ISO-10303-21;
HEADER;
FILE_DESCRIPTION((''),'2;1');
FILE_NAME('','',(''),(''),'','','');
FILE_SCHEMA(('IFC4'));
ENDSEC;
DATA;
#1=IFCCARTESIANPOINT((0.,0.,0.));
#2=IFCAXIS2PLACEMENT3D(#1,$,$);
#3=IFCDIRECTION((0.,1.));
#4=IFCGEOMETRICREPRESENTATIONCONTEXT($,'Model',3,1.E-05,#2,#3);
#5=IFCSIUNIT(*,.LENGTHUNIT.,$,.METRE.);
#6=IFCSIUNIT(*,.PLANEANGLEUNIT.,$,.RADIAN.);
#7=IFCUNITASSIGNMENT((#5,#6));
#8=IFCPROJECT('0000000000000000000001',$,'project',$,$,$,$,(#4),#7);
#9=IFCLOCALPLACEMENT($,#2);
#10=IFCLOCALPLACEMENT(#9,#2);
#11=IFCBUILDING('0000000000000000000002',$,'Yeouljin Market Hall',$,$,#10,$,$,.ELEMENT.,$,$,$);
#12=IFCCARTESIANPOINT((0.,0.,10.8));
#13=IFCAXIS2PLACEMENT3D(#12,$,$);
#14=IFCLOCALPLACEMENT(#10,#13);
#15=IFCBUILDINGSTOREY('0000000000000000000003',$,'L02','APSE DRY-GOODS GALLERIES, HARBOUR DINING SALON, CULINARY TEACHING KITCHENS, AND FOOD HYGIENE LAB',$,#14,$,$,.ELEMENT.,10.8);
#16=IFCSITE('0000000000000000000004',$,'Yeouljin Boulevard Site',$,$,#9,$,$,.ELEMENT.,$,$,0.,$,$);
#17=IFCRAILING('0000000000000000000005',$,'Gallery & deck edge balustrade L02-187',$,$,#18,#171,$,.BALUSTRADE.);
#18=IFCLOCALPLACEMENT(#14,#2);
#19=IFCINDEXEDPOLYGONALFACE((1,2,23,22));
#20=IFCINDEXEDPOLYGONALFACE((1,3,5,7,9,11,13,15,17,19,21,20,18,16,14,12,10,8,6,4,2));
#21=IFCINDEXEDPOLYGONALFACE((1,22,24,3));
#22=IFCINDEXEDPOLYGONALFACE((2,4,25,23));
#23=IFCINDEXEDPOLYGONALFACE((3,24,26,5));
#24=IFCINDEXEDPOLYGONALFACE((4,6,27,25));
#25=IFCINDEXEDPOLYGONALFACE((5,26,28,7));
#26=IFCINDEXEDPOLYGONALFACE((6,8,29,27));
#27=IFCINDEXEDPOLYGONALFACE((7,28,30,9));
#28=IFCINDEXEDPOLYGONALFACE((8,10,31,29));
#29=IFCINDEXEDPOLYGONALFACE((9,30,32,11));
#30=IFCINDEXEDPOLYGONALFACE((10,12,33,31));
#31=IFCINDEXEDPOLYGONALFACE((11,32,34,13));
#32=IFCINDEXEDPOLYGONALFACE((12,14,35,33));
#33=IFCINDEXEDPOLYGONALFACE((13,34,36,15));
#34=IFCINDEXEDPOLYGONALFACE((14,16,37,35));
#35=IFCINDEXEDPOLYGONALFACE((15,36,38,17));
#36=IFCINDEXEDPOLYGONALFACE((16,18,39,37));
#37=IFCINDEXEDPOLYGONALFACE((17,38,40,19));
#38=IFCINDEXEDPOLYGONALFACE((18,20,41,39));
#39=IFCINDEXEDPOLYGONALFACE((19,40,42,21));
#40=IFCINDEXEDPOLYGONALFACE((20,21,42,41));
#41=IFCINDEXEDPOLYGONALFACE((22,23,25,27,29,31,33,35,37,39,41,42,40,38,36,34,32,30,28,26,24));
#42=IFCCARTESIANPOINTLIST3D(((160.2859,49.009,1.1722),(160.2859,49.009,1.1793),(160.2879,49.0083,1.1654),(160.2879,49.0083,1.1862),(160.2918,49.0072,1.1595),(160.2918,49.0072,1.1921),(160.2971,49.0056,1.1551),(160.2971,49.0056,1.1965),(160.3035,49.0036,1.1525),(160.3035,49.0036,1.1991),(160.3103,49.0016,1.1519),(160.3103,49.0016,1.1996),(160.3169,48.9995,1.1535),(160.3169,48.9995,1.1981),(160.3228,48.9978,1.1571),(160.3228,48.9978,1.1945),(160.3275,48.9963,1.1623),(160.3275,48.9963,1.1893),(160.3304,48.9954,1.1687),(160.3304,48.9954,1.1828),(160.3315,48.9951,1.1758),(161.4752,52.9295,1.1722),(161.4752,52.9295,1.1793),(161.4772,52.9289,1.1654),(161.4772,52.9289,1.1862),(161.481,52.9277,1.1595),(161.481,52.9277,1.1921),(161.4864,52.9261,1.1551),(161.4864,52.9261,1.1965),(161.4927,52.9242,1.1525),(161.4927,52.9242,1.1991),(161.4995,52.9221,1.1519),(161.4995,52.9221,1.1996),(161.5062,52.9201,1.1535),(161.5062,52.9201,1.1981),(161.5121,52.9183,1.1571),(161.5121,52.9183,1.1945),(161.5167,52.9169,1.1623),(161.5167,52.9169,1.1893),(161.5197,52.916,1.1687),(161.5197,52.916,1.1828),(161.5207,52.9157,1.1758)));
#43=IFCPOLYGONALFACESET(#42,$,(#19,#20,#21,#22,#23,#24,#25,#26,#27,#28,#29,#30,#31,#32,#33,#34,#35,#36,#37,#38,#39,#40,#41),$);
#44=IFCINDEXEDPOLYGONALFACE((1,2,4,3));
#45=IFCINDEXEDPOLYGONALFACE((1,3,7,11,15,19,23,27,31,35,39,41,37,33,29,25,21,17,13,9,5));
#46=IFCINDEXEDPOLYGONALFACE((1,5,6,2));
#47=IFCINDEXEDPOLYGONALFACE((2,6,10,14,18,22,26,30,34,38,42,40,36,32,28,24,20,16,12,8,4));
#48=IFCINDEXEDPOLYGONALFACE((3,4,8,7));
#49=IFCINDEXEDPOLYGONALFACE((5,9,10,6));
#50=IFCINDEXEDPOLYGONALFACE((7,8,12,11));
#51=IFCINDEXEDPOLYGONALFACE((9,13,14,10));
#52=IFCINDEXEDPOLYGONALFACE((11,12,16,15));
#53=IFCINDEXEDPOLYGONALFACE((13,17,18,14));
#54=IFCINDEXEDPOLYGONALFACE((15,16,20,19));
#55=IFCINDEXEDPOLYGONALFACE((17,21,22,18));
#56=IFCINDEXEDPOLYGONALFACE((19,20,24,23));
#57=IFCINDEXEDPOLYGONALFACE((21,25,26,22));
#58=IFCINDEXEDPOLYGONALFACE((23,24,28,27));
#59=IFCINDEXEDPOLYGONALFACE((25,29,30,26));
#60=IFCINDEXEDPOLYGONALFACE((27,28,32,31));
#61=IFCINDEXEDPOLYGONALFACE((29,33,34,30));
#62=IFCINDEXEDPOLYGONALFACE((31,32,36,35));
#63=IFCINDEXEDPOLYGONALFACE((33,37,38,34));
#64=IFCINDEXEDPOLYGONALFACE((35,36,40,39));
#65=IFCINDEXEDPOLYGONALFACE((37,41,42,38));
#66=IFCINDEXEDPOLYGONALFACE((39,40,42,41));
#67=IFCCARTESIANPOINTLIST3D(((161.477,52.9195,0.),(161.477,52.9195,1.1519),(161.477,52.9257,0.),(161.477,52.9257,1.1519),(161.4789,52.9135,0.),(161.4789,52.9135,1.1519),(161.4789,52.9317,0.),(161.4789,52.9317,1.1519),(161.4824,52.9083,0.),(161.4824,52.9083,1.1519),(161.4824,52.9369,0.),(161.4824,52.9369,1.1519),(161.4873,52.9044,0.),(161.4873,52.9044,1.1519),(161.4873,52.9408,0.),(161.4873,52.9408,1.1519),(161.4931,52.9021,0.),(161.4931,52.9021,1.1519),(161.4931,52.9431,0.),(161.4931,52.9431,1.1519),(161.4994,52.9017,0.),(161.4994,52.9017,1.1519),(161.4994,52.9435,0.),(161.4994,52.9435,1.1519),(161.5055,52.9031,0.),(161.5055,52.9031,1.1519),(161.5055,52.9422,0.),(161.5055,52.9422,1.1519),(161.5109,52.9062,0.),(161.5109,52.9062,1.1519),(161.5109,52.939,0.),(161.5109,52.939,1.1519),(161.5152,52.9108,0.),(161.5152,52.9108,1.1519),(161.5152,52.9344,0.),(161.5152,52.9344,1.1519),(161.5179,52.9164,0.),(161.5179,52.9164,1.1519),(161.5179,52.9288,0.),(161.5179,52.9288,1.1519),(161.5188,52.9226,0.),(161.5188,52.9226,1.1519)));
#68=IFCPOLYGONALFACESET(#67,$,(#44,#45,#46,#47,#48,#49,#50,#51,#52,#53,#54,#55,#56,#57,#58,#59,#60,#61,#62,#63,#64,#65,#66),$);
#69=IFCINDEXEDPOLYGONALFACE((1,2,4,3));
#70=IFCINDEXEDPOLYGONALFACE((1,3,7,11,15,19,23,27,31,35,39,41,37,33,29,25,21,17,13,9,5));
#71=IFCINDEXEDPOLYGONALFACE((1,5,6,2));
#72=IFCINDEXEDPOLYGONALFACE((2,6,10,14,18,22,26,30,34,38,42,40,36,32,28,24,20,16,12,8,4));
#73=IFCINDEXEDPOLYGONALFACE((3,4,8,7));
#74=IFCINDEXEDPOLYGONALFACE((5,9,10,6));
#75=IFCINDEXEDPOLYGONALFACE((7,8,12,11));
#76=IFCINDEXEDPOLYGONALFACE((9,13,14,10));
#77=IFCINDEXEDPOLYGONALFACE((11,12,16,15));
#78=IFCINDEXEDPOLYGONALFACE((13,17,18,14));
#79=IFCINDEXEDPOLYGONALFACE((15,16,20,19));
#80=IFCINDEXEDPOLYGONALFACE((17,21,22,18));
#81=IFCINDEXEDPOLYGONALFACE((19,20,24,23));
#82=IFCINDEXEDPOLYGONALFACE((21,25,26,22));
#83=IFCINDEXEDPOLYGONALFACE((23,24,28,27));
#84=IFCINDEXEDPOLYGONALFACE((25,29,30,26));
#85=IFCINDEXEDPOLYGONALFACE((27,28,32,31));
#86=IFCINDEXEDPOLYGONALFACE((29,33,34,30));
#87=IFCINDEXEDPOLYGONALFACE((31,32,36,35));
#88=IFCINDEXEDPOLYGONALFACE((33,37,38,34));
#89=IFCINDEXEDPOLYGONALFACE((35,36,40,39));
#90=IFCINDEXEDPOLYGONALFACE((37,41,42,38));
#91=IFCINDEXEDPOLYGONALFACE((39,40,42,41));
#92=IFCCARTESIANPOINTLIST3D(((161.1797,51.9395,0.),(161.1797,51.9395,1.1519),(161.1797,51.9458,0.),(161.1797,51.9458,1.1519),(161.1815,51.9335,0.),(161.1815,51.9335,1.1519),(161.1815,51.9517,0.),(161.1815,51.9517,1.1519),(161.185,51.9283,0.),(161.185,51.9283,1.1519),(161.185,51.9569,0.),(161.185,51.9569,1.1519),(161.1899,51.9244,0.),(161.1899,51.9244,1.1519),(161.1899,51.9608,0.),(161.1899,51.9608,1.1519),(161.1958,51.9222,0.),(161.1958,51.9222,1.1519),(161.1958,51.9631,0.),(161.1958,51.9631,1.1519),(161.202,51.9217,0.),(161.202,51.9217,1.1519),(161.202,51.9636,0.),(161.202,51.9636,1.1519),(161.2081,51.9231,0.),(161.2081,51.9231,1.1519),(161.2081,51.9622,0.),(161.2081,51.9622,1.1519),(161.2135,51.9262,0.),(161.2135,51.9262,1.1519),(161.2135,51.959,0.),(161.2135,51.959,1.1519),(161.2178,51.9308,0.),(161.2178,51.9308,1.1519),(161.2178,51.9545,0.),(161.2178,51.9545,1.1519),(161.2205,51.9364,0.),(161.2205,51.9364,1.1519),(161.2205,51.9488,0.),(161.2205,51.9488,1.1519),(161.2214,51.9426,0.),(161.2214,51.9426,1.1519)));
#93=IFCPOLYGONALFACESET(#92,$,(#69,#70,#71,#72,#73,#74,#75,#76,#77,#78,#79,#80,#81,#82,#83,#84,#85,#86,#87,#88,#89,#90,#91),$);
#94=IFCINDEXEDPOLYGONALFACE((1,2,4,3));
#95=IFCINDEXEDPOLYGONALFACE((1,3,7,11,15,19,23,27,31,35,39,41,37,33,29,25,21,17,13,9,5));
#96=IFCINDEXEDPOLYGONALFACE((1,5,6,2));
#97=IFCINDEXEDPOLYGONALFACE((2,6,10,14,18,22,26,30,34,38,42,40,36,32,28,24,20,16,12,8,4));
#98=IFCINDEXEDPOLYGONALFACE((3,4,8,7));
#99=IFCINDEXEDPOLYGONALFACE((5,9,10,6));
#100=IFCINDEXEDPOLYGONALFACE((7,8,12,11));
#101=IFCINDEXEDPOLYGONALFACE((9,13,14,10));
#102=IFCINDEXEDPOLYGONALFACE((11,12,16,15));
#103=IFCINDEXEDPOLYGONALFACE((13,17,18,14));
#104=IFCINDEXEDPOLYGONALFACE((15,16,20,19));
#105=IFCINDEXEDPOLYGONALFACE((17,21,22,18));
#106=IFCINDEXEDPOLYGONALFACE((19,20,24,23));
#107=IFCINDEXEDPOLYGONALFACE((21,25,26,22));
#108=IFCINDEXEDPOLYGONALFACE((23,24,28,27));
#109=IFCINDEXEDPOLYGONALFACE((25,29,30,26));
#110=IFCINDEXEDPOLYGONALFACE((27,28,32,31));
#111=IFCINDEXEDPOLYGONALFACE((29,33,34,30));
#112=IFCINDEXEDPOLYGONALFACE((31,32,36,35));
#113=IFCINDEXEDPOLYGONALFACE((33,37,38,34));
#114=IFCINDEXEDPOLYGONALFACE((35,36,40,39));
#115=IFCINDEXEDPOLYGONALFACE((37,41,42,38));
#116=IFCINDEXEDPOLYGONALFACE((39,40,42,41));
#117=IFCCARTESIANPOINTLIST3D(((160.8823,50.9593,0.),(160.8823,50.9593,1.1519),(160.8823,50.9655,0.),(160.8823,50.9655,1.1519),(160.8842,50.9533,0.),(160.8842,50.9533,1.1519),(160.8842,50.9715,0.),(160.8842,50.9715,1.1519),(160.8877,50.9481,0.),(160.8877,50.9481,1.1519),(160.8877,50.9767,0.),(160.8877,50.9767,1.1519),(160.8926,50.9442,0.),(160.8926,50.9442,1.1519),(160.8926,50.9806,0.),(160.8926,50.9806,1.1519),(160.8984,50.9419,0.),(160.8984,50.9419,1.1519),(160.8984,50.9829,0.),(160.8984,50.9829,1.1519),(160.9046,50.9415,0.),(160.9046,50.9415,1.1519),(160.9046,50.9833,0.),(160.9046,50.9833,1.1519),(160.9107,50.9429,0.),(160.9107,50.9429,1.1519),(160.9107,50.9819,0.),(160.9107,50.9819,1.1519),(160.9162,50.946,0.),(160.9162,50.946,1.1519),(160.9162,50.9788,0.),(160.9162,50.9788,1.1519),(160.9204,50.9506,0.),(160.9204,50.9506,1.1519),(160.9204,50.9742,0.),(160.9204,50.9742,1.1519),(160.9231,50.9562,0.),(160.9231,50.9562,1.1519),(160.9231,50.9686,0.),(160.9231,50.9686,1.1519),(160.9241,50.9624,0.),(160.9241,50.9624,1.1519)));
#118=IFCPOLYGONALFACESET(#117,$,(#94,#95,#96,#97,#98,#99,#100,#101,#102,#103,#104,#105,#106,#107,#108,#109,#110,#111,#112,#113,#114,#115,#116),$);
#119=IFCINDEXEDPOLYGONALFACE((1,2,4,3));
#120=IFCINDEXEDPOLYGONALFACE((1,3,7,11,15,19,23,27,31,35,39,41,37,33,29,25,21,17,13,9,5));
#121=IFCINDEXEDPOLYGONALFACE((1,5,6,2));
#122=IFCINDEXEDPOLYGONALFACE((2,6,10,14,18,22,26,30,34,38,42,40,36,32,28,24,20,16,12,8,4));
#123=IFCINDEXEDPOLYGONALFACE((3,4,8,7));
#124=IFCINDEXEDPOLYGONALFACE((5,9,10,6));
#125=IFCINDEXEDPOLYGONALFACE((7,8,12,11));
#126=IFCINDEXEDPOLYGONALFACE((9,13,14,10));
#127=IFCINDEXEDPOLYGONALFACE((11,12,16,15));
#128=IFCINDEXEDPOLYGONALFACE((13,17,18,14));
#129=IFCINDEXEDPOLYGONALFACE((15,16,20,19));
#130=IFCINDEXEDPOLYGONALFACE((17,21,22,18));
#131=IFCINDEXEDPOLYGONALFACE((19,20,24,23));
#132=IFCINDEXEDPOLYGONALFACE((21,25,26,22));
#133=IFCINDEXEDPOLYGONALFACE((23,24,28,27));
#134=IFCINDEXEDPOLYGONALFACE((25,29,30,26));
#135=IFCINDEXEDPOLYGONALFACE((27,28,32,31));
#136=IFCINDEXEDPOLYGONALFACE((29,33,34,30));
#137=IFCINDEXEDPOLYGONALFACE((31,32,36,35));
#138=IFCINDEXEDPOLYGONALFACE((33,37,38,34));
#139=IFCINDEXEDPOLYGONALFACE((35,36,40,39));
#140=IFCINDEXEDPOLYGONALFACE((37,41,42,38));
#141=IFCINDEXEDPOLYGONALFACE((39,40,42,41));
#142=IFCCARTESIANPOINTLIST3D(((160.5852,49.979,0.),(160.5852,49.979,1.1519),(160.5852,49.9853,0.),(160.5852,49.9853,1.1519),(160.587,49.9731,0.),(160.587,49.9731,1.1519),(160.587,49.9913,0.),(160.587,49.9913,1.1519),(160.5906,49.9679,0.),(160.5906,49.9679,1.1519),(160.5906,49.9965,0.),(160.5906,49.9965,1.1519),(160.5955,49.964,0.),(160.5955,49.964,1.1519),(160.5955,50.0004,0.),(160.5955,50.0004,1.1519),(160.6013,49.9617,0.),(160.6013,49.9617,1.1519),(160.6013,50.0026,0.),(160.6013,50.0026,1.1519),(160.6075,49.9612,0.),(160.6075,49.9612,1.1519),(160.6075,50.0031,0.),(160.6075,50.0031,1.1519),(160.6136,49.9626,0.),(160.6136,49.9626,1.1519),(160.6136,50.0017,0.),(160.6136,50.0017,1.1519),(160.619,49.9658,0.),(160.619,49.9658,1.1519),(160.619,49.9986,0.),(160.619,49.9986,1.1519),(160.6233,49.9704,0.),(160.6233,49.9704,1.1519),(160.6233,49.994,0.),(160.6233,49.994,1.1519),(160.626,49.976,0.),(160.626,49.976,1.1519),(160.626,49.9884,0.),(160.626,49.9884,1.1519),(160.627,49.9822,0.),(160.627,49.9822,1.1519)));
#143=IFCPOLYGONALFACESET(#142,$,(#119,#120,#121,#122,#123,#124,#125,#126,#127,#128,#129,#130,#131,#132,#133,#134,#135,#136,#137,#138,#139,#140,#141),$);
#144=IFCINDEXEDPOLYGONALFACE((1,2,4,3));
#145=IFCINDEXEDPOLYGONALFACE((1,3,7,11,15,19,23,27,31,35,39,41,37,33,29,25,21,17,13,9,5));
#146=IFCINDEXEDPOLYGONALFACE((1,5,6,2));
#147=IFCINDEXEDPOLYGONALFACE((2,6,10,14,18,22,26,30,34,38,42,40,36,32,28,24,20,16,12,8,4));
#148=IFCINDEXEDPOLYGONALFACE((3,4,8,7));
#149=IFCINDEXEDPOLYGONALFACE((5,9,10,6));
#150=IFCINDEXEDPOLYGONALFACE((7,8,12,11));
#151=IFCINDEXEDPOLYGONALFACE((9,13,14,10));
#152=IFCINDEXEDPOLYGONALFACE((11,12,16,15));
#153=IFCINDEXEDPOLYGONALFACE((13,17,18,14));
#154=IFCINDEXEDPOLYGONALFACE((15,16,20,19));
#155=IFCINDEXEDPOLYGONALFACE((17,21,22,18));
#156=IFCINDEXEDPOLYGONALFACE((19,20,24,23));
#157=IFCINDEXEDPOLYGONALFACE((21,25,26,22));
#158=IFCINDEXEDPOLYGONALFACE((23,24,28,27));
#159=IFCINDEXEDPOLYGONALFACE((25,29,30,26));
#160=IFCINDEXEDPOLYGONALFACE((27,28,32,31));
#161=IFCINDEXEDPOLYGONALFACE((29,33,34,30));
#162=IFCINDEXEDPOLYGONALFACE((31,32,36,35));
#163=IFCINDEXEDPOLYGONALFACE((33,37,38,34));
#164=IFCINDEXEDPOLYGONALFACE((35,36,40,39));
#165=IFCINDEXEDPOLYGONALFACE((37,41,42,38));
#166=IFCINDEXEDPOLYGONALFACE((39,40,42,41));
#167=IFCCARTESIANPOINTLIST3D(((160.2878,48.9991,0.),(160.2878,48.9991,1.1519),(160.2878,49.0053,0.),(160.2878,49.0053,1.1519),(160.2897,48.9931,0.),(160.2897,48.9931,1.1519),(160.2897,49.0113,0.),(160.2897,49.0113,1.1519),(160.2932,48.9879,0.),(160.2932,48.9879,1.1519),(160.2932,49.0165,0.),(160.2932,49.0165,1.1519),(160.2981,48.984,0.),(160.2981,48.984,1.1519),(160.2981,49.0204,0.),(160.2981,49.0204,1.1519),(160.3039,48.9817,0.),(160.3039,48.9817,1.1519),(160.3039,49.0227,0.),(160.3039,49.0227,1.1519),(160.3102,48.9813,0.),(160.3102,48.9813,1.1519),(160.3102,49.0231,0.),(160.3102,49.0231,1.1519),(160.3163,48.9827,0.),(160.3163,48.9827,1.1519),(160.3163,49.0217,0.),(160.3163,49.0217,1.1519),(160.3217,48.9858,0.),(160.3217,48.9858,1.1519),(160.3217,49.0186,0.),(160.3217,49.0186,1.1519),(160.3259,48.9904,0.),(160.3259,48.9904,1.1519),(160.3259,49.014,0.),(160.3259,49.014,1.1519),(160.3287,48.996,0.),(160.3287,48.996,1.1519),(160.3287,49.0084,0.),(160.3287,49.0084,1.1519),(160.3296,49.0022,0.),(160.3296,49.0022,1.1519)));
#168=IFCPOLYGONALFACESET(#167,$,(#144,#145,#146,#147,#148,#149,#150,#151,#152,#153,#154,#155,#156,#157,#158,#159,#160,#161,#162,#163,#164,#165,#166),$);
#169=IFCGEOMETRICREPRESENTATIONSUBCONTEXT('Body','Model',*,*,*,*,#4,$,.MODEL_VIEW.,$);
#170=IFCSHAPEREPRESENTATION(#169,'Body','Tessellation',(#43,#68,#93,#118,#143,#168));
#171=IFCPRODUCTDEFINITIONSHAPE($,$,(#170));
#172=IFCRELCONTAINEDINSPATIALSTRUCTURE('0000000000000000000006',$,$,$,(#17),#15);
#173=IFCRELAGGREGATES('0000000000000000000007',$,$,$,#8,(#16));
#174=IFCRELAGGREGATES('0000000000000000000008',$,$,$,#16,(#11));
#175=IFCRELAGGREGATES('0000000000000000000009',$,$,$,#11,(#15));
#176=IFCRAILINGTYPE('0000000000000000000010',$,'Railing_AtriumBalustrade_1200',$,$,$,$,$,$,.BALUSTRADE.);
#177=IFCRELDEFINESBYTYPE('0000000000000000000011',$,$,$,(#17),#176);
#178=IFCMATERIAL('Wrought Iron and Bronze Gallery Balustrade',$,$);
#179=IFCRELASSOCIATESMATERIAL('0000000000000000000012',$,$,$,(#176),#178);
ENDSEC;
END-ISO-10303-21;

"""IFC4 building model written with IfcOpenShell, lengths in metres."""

from ifc_helpers import new_model, si_unit, direction, frame, origin, origin_2d, place, context, subcontext, project, spatial, circle, extrude, material, type_object, element, save


model = new_model("IFC4")

# Units and contexts
model_context = context("Model", 3, precision=1e-05, world=origin(), true_north=direction((0.0, 1.0)))
body_context = subcontext(model_context, "Body", "Model", "MODEL_VIEW")
ifc_project = project(units=[si_unit("LENGTHUNIT", "METRE"), si_unit("PLANEANGLEUNIT", "RADIAN")], contexts=[model_context])

# Site, building, storey
site_placement = place(None, origin())
site = spatial("IfcSite", under=ifc_project, at=site_placement, Name="Yeouljin Boulevard Site", CompositionType="ELEMENT", RefElevation=0.0)
building_placement = place(site_placement, origin())
building = spatial("IfcBuilding", under=site, at=building_placement, Name="Yeouljin Market Hall", CompositionType="ELEMENT")
storey_placement = place(building_placement, frame((0.0, 0.0, 10.8)))
storey = spatial("IfcBuildingStorey", under=building, at=storey_placement, Name="L02", Description="APSE DRY-GOODS GALLERIES, HARBOUR DINING SALON, CULINARY TEACHING KITCHENS, AND FOOD HYGIENE LAB", CompositionType="ELEMENT", Elevation=10.8)

# Railing
ifc_material_1 = material(Name="Wrought Iron and Bronze Gallery Balustrade")
railing_type = type_object("IfcRailingType", Name="Railing_AtriumBalustrade_1200", PredefinedType="BALUSTRADE", material=ifc_material_1)
railing_1_placement = place(storey_placement, frame((161.4978, 52.9226, 0.0)))
element("IfcRailing", 1, at=railing_1_placement, inside=storey, type_object=railing_type, Name="Gallery & deck edge balustrade L02-187", PredefinedType="BALUSTRADE", context=body_context, shape_type="SweptSolid", body=[
    extrude(circle(Radius=0.0239, at=origin_2d()), frame((0.0, 0.0, 1.1758), z_axis=(-0.290277, -0.956943, 0.0), x_axis=(0.956943, -0.290277, 0.0)), (0.0, 0.0, 1.0), 4.0969),
    extrude(circle(Radius=0.021, at=origin_2d()), origin(), (0.0, 0.0, 1.0), 1.1519),
    extrude(circle(Radius=0.021, at=origin_2d()), frame((-0.2974, -0.98, 0.0)), (0.0, 0.0, 1.0), 1.1519),
    extrude(circle(Radius=0.021, at=origin_2d()), frame((-0.5947, -1.9602, 0.0)), (0.0, 0.0, 1.0), 1.1519),
    extrude(circle(Radius=0.021, at=origin_2d()), frame((-0.8918, -2.9404, 0.0)), (0.0, 0.0, 1.0), 1.1519),
    extrude(circle(Radius=0.021, at=origin_2d()), frame((-1.1892, -3.9204, 0.0)), (0.0, 0.0, 1.0), 1.1519),
])

save(model, "model.ifc")
